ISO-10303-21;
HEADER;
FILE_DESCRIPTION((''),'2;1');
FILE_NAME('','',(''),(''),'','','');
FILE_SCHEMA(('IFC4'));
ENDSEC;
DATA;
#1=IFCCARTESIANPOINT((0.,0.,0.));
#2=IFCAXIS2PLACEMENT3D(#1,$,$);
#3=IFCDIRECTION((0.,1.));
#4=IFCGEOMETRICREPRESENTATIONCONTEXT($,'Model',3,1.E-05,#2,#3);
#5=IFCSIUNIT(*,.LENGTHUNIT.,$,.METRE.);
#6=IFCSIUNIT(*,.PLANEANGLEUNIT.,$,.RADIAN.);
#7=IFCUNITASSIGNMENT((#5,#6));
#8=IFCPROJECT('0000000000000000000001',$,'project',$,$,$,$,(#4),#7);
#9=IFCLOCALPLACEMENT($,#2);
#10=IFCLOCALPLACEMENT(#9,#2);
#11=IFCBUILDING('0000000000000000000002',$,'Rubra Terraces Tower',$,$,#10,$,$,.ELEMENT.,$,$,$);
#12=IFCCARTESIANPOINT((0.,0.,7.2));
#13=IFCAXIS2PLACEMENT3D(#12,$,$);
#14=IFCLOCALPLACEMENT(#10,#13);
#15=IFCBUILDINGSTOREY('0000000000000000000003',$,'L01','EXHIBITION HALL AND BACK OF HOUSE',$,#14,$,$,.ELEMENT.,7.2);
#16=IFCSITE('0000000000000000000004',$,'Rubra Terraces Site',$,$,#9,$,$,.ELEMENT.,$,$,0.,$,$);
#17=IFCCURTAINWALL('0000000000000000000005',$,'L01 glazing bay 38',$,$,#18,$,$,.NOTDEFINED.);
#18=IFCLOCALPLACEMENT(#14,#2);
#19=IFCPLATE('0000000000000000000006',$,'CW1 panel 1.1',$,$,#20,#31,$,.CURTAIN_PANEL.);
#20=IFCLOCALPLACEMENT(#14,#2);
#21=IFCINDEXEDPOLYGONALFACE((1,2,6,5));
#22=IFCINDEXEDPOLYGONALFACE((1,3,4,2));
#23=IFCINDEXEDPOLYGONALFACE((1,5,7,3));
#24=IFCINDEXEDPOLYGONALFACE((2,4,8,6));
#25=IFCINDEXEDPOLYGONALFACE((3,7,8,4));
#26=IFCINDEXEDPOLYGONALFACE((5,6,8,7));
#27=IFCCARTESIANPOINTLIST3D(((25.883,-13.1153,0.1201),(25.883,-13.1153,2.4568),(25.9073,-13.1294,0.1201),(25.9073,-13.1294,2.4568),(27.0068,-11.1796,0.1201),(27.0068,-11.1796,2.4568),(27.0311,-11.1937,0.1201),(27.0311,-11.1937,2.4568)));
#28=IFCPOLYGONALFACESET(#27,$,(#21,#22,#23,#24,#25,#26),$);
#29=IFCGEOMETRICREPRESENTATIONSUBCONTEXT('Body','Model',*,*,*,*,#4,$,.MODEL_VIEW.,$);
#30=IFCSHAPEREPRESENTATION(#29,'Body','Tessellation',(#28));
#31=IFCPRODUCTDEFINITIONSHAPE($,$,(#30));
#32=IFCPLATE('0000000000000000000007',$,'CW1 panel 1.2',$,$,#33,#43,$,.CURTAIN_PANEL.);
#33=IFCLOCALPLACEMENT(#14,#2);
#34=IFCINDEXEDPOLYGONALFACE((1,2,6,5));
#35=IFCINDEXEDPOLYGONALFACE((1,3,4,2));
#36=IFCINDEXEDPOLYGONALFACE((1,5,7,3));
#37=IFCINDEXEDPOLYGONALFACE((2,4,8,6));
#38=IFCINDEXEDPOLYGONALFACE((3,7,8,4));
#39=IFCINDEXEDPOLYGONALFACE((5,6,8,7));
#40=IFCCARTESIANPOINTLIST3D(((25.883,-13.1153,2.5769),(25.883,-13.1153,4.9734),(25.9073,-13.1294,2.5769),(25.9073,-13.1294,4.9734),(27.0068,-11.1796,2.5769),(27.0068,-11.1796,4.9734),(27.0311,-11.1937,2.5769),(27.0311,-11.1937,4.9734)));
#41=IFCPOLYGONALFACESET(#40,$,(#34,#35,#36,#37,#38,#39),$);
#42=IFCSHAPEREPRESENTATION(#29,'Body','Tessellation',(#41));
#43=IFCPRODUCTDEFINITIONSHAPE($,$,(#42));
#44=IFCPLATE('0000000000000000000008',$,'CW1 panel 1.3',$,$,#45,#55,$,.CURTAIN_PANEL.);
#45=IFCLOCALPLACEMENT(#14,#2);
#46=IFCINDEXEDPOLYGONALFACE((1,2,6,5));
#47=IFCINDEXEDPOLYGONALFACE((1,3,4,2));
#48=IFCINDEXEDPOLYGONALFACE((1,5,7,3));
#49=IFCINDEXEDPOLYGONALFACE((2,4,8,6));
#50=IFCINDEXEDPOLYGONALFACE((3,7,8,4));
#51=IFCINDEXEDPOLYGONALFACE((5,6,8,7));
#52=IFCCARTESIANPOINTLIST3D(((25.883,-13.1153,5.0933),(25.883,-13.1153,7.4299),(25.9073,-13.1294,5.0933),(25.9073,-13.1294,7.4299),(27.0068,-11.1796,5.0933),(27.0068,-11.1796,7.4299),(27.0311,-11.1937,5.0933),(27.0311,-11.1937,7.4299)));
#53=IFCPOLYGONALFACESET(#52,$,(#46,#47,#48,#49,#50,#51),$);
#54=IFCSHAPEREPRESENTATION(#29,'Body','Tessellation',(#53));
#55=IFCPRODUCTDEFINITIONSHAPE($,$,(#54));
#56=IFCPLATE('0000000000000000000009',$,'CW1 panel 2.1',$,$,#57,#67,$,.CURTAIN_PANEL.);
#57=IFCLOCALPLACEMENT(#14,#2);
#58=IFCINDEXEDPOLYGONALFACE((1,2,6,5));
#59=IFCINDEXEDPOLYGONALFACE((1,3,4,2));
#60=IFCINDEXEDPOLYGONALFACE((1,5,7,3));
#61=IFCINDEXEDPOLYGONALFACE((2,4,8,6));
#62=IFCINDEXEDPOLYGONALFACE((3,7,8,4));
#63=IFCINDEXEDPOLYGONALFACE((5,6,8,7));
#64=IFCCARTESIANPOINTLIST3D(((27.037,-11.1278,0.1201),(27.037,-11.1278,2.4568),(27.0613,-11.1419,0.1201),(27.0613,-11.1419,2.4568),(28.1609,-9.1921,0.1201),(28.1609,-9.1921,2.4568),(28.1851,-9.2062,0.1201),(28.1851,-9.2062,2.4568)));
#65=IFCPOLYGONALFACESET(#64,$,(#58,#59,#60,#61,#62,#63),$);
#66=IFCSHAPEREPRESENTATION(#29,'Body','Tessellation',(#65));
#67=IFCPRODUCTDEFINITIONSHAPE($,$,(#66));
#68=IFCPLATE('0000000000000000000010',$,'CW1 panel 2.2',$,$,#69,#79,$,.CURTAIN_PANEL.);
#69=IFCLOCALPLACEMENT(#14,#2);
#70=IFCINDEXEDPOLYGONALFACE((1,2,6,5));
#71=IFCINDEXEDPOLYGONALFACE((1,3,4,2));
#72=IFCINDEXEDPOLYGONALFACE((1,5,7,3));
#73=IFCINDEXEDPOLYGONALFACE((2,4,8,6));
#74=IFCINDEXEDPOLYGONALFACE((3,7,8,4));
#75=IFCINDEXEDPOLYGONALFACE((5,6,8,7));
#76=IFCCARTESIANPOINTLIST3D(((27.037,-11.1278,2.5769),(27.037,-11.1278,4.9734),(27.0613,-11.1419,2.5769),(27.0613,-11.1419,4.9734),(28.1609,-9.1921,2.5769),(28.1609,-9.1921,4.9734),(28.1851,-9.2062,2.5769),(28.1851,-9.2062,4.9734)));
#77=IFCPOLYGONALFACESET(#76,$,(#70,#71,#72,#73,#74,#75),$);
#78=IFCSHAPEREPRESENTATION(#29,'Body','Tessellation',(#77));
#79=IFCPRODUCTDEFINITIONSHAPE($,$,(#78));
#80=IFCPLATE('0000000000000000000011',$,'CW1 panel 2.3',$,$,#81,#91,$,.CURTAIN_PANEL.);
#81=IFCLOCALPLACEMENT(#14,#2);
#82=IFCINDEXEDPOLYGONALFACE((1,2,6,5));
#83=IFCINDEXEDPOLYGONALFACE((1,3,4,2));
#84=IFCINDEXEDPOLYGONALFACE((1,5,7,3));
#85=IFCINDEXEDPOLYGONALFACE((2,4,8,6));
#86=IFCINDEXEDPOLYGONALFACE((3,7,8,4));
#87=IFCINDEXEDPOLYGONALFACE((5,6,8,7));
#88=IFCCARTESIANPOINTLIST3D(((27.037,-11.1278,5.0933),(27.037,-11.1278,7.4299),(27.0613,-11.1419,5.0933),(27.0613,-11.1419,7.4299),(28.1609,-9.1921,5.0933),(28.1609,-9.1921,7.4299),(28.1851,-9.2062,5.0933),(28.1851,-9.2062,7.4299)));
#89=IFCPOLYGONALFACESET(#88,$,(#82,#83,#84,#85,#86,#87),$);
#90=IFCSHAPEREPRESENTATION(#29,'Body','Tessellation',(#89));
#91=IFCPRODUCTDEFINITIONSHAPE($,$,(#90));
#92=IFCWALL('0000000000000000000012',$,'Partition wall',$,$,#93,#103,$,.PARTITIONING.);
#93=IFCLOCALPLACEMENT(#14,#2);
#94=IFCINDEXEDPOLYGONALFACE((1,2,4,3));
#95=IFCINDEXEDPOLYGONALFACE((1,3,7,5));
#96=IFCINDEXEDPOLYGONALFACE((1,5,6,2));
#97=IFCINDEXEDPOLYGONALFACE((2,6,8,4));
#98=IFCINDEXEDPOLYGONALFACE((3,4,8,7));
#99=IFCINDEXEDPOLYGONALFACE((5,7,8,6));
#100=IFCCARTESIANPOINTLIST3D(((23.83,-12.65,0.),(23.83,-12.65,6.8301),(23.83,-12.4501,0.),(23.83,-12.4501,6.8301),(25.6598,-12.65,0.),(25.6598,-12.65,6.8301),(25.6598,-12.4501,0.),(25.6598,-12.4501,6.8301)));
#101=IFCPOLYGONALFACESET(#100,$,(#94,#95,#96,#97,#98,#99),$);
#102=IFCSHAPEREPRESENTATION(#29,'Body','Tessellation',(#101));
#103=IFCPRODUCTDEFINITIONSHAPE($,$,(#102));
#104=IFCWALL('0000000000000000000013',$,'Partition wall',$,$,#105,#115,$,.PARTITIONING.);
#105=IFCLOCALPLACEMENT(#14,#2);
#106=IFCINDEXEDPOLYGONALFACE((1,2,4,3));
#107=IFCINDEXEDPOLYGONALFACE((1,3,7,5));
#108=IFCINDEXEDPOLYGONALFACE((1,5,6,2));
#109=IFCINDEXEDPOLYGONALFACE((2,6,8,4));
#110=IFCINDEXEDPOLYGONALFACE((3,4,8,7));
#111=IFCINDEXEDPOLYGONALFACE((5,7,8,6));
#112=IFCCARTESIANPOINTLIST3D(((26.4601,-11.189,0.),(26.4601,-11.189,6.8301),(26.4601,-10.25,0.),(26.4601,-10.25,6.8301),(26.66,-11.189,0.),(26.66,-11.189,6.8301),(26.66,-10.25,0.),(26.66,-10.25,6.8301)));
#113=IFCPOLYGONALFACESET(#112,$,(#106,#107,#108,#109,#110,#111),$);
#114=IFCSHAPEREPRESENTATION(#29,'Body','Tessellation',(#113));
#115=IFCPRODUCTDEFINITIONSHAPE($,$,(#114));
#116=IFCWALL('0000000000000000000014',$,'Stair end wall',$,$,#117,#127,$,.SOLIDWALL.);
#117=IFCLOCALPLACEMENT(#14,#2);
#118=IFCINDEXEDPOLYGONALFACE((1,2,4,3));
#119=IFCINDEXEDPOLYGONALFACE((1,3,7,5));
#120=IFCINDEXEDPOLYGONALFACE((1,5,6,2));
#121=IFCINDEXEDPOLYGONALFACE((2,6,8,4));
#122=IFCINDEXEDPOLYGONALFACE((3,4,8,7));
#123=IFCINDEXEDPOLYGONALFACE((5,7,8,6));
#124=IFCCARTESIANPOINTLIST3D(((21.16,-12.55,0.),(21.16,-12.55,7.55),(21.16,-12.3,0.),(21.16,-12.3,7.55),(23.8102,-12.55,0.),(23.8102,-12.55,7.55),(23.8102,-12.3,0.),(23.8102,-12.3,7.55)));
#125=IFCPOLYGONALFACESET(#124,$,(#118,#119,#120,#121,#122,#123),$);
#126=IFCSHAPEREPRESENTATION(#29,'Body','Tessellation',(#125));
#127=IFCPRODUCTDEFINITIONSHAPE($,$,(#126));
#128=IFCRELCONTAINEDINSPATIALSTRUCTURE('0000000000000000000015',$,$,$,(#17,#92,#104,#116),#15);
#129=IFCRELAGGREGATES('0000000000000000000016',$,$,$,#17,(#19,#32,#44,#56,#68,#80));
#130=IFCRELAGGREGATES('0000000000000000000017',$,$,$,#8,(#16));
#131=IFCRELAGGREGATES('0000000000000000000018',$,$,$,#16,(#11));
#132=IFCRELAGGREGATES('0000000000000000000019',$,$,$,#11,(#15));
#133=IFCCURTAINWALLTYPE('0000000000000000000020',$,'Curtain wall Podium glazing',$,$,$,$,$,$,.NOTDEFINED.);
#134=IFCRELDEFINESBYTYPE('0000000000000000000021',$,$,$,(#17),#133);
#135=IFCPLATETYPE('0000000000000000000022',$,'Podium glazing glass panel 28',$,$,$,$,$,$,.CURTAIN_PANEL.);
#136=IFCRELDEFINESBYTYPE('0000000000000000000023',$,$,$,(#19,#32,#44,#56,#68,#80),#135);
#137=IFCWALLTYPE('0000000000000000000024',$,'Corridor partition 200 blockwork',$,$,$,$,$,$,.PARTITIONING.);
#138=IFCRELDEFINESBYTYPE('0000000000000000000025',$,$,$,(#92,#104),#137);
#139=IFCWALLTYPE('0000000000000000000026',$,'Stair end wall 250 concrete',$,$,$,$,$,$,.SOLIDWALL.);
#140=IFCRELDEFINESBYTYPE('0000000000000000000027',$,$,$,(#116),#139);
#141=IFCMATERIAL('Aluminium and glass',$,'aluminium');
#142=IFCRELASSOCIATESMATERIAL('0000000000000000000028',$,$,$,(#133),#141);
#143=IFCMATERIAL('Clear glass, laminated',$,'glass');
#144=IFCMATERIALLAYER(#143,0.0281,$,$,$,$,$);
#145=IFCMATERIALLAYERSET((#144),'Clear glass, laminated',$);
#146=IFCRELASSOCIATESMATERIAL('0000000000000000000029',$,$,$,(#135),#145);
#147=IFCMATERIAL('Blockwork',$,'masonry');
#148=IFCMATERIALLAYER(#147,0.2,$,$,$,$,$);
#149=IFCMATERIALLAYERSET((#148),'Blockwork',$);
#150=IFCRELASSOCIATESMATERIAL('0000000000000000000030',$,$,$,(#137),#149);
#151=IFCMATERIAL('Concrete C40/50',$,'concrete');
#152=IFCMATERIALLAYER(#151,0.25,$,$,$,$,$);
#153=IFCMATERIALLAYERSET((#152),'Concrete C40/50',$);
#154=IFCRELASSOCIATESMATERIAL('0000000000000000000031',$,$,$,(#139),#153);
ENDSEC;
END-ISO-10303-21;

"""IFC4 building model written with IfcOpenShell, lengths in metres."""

from ifc_helpers import new_model, si_unit, direction, frame, frame_2d, origin, origin_2d, place, context, subcontext, project, spatial, rectangle, extrude, material, layer, layer_set, type_object, element, aggregate, save


model = new_model("IFC4")

# Units and contexts
model_context = context("Model", 3, precision=1e-05, world=origin(), true_north=direction((0.0, 1.0)))
body_context = subcontext(model_context, "Body", "Model", "MODEL_VIEW")
ifc_project = project(units=[si_unit("LENGTHUNIT", "METRE"), si_unit("PLANEANGLEUNIT", "RADIAN")], contexts=[model_context])

# Site, building, storey
site_placement = place(None, origin())
site = spatial("IfcSite", under=ifc_project, at=site_placement, Name="Rubra Terraces Site", CompositionType="ELEMENT", RefElevation=0.0)
building_placement = place(site_placement, origin())
building = spatial("IfcBuilding", under=site, at=building_placement, Name="Rubra Terraces Tower", CompositionType="ELEMENT")
storey_placement = place(building_placement, frame((0.0, 0.0, 7.2)))
storey = spatial("IfcBuildingStorey", under=building, at=storey_placement, Name="L01", Description="EXHIBITION HALL AND BACK OF HOUSE", CompositionType="ELEMENT", Elevation=7.2)

# Curtain wall
ifc_material_1 = material(Name="Aluminium and glass", Category="aluminium")
curtain_wall_type = type_object("IfcCurtainWallType", Name="Curtain wall Podium glazing", PredefinedType="NOTDEFINED", material=ifc_material_1)
curtain_wall_1_placement = place(storey_placement, origin())
curtain_wall_1 = element("IfcCurtainWall", 1, at=curtain_wall_1_placement, inside=storey, type_object=curtain_wall_type, Name="L01 glazing bay 38", PredefinedType="NOTDEFINED")

# Plates
ifc_material_2 = material(Name="Clear glass, laminated", Category="glass")
ifc_layer_1 = layer(ifc_material_2, 0.0281)
ifc_layer_set_1 = layer_set([ifc_layer_1], Name="Clear glass, laminated")
plate_type = type_object("IfcPlateType", Name="Podium glazing glass panel 28", PredefinedType="CURTAIN_PANEL", material=ifc_layer_set_1)
plate_1_placement = place(storey_placement, frame((26.457, -12.1545, 0.1201), z_axis=(0.0, 0.0, 1.0), x_axis=(0.502094, 0.864813, 0.0)))
plate_1 = element("IfcPlate", 2, at=plate_1_placement, type_object=plate_type, Name="CW1 panel 1.1", PredefinedType="CURTAIN_PANEL", context=body_context, shape_type="SweptSolid", body=[
    extrude(rectangle(XDim=2.2383, YDim=0.0281, at=origin_2d()), origin(), (0.0, 0.0, 1.0), 2.3367),
])
plate_2_placement = place(storey_placement, frame((26.457, -12.1545, 2.5769), z_axis=(0.0, 0.0, 1.0), x_axis=(0.502094, 0.864813, 0.0)))
plate_2 = element("IfcPlate", 3, at=plate_2_placement, type_object=plate_type, Name="CW1 panel 1.2", PredefinedType="CURTAIN_PANEL", context=body_context, shape_type="SweptSolid", body=[
    extrude(rectangle(XDim=2.2383, YDim=0.0281, at=origin_2d()), origin(), (0.0, 0.0, 1.0), 2.3965),
])
plate_3_placement = place(storey_placement, frame((26.457, -12.1545, 5.0933), z_axis=(0.0, 0.0, 1.0), x_axis=(0.502094, 0.864813, 0.0)))
plate_3 = element("IfcPlate", 4, at=plate_3_placement, type_object=plate_type, Name="CW1 panel 1.3", PredefinedType="CURTAIN_PANEL", context=body_context, shape_type="SweptSolid", body=[
    extrude(rectangle(XDim=2.2383, YDim=0.0281, at=origin_2d()), origin(), (0.0, 0.0, 1.0), 2.3367),
])
plate_4_placement = place(storey_placement, frame((27.6111, -10.167, 0.1201), z_axis=(0.0, 0.0, 1.0), x_axis=(0.502094, 0.864813, 0.0)))
plate_4 = element("IfcPlate", 5, at=plate_4_placement, type_object=plate_type, Name="CW1 panel 2.1", PredefinedType="CURTAIN_PANEL", context=body_context, shape_type="SweptSolid", body=[
    extrude(rectangle(XDim=2.2383, YDim=0.0281, at=origin_2d()), origin(), (0.0, 0.0, 1.0), 2.3367),
])
plate_5_placement = place(storey_placement, frame((27.6111, -10.167, 2.5769), z_axis=(0.0, 0.0, 1.0), x_axis=(0.502094, 0.864813, 0.0)))
plate_5 = element("IfcPlate", 6, at=plate_5_placement, type_object=plate_type, Name="CW1 panel 2.2", PredefinedType="CURTAIN_PANEL", context=body_context, shape_type="SweptSolid", body=[
    extrude(rectangle(XDim=2.2383, YDim=0.0281, at=origin_2d()), origin(), (0.0, 0.0, 1.0), 2.3965),
])
plate_6_placement = place(storey_placement, frame((27.6111, -10.167, 5.0933), z_axis=(0.0, 0.0, 1.0), x_axis=(0.502094, 0.864813, 0.0)))
plate_6 = element("IfcPlate", 7, at=plate_6_placement, type_object=plate_type, Name="CW1 panel 2.3", PredefinedType="CURTAIN_PANEL", context=body_context, shape_type="SweptSolid", body=[
    extrude(rectangle(XDim=2.2383, YDim=0.0281, at=origin_2d()), origin(), (0.0, 0.0, 1.0), 2.3367),
])
aggregate(curtain_wall_1, [plate_1, plate_2, plate_3, plate_4, plate_5, plate_6])

# Walls
ifc_material_3 = material(Name="Blockwork", Category="masonry")
ifc_layer_2 = layer(ifc_material_3, 0.2)
ifc_layer_set_2 = layer_set([ifc_layer_2], Name="Blockwork")
wall_type_1 = type_object("IfcWallType", Name="Corridor partition 200 blockwork", PredefinedType="PARTITIONING", material=ifc_layer_set_2)
wall_1_placement = place(storey_placement, frame((25.6599, -12.55, 0.0), z_axis=(0.0, 0.0, 1.0), x_axis=(-1.0, 0.0, 0.0)))
element("IfcWall", 8, at=wall_1_placement, inside=storey, type_object=wall_type_1, Name="Partition wall", PredefinedType="PARTITIONING", context=body_context, shape_type="SweptSolid", body=[
    extrude(rectangle(XDim=1.8298, YDim=0.2, at=frame_2d((0.915, 0.0))), origin(), (0.0, 0.0, 1.0), 6.8301),
])
wall_2_placement = place(storey_placement, frame((26.5601, -10.25, 0.0), z_axis=(0.0, 0.0, 1.0), x_axis=(0.0, -1.0, 0.0)))
element("IfcWall", 9, at=wall_2_placement, inside=storey, type_object=wall_type_1, Name="Partition wall", PredefinedType="PARTITIONING", context=body_context, shape_type="SweptSolid", body=[
    extrude(rectangle(XDim=0.939, YDim=0.2, at=frame_2d((0.4695, 0.0))), origin(), (0.0, 0.0, 1.0), 6.8301),
])
ifc_material_4 = material(Name="Concrete C40/50", Category="concrete")
ifc_layer_3 = layer(ifc_material_4, 0.25)
ifc_layer_set_3 = layer_set([ifc_layer_3], Name="Concrete C40/50")
wall_type_2 = type_object("IfcWallType", Name="Stair end wall 250 concrete", PredefinedType="SOLIDWALL", material=ifc_layer_set_3)
wall_3_placement = place(storey_placement, frame((21.1599, -12.425, 0.0), z_axis=(0.0, 0.0, 1.0), x_axis=(1.0, 0.0, 0.0)))
element("IfcWall", 10, at=wall_3_placement, inside=storey, type_object=wall_type_2, Name="Stair end wall", PredefinedType="SOLIDWALL", context=body_context, shape_type="SweptSolid", body=[
    extrude(rectangle(XDim=2.6501, YDim=0.25, at=frame_2d((1.3252, 0.0))), origin(), (0.0, 0.0, 1.0), 7.55),
])

save(model, "model.ifc")
